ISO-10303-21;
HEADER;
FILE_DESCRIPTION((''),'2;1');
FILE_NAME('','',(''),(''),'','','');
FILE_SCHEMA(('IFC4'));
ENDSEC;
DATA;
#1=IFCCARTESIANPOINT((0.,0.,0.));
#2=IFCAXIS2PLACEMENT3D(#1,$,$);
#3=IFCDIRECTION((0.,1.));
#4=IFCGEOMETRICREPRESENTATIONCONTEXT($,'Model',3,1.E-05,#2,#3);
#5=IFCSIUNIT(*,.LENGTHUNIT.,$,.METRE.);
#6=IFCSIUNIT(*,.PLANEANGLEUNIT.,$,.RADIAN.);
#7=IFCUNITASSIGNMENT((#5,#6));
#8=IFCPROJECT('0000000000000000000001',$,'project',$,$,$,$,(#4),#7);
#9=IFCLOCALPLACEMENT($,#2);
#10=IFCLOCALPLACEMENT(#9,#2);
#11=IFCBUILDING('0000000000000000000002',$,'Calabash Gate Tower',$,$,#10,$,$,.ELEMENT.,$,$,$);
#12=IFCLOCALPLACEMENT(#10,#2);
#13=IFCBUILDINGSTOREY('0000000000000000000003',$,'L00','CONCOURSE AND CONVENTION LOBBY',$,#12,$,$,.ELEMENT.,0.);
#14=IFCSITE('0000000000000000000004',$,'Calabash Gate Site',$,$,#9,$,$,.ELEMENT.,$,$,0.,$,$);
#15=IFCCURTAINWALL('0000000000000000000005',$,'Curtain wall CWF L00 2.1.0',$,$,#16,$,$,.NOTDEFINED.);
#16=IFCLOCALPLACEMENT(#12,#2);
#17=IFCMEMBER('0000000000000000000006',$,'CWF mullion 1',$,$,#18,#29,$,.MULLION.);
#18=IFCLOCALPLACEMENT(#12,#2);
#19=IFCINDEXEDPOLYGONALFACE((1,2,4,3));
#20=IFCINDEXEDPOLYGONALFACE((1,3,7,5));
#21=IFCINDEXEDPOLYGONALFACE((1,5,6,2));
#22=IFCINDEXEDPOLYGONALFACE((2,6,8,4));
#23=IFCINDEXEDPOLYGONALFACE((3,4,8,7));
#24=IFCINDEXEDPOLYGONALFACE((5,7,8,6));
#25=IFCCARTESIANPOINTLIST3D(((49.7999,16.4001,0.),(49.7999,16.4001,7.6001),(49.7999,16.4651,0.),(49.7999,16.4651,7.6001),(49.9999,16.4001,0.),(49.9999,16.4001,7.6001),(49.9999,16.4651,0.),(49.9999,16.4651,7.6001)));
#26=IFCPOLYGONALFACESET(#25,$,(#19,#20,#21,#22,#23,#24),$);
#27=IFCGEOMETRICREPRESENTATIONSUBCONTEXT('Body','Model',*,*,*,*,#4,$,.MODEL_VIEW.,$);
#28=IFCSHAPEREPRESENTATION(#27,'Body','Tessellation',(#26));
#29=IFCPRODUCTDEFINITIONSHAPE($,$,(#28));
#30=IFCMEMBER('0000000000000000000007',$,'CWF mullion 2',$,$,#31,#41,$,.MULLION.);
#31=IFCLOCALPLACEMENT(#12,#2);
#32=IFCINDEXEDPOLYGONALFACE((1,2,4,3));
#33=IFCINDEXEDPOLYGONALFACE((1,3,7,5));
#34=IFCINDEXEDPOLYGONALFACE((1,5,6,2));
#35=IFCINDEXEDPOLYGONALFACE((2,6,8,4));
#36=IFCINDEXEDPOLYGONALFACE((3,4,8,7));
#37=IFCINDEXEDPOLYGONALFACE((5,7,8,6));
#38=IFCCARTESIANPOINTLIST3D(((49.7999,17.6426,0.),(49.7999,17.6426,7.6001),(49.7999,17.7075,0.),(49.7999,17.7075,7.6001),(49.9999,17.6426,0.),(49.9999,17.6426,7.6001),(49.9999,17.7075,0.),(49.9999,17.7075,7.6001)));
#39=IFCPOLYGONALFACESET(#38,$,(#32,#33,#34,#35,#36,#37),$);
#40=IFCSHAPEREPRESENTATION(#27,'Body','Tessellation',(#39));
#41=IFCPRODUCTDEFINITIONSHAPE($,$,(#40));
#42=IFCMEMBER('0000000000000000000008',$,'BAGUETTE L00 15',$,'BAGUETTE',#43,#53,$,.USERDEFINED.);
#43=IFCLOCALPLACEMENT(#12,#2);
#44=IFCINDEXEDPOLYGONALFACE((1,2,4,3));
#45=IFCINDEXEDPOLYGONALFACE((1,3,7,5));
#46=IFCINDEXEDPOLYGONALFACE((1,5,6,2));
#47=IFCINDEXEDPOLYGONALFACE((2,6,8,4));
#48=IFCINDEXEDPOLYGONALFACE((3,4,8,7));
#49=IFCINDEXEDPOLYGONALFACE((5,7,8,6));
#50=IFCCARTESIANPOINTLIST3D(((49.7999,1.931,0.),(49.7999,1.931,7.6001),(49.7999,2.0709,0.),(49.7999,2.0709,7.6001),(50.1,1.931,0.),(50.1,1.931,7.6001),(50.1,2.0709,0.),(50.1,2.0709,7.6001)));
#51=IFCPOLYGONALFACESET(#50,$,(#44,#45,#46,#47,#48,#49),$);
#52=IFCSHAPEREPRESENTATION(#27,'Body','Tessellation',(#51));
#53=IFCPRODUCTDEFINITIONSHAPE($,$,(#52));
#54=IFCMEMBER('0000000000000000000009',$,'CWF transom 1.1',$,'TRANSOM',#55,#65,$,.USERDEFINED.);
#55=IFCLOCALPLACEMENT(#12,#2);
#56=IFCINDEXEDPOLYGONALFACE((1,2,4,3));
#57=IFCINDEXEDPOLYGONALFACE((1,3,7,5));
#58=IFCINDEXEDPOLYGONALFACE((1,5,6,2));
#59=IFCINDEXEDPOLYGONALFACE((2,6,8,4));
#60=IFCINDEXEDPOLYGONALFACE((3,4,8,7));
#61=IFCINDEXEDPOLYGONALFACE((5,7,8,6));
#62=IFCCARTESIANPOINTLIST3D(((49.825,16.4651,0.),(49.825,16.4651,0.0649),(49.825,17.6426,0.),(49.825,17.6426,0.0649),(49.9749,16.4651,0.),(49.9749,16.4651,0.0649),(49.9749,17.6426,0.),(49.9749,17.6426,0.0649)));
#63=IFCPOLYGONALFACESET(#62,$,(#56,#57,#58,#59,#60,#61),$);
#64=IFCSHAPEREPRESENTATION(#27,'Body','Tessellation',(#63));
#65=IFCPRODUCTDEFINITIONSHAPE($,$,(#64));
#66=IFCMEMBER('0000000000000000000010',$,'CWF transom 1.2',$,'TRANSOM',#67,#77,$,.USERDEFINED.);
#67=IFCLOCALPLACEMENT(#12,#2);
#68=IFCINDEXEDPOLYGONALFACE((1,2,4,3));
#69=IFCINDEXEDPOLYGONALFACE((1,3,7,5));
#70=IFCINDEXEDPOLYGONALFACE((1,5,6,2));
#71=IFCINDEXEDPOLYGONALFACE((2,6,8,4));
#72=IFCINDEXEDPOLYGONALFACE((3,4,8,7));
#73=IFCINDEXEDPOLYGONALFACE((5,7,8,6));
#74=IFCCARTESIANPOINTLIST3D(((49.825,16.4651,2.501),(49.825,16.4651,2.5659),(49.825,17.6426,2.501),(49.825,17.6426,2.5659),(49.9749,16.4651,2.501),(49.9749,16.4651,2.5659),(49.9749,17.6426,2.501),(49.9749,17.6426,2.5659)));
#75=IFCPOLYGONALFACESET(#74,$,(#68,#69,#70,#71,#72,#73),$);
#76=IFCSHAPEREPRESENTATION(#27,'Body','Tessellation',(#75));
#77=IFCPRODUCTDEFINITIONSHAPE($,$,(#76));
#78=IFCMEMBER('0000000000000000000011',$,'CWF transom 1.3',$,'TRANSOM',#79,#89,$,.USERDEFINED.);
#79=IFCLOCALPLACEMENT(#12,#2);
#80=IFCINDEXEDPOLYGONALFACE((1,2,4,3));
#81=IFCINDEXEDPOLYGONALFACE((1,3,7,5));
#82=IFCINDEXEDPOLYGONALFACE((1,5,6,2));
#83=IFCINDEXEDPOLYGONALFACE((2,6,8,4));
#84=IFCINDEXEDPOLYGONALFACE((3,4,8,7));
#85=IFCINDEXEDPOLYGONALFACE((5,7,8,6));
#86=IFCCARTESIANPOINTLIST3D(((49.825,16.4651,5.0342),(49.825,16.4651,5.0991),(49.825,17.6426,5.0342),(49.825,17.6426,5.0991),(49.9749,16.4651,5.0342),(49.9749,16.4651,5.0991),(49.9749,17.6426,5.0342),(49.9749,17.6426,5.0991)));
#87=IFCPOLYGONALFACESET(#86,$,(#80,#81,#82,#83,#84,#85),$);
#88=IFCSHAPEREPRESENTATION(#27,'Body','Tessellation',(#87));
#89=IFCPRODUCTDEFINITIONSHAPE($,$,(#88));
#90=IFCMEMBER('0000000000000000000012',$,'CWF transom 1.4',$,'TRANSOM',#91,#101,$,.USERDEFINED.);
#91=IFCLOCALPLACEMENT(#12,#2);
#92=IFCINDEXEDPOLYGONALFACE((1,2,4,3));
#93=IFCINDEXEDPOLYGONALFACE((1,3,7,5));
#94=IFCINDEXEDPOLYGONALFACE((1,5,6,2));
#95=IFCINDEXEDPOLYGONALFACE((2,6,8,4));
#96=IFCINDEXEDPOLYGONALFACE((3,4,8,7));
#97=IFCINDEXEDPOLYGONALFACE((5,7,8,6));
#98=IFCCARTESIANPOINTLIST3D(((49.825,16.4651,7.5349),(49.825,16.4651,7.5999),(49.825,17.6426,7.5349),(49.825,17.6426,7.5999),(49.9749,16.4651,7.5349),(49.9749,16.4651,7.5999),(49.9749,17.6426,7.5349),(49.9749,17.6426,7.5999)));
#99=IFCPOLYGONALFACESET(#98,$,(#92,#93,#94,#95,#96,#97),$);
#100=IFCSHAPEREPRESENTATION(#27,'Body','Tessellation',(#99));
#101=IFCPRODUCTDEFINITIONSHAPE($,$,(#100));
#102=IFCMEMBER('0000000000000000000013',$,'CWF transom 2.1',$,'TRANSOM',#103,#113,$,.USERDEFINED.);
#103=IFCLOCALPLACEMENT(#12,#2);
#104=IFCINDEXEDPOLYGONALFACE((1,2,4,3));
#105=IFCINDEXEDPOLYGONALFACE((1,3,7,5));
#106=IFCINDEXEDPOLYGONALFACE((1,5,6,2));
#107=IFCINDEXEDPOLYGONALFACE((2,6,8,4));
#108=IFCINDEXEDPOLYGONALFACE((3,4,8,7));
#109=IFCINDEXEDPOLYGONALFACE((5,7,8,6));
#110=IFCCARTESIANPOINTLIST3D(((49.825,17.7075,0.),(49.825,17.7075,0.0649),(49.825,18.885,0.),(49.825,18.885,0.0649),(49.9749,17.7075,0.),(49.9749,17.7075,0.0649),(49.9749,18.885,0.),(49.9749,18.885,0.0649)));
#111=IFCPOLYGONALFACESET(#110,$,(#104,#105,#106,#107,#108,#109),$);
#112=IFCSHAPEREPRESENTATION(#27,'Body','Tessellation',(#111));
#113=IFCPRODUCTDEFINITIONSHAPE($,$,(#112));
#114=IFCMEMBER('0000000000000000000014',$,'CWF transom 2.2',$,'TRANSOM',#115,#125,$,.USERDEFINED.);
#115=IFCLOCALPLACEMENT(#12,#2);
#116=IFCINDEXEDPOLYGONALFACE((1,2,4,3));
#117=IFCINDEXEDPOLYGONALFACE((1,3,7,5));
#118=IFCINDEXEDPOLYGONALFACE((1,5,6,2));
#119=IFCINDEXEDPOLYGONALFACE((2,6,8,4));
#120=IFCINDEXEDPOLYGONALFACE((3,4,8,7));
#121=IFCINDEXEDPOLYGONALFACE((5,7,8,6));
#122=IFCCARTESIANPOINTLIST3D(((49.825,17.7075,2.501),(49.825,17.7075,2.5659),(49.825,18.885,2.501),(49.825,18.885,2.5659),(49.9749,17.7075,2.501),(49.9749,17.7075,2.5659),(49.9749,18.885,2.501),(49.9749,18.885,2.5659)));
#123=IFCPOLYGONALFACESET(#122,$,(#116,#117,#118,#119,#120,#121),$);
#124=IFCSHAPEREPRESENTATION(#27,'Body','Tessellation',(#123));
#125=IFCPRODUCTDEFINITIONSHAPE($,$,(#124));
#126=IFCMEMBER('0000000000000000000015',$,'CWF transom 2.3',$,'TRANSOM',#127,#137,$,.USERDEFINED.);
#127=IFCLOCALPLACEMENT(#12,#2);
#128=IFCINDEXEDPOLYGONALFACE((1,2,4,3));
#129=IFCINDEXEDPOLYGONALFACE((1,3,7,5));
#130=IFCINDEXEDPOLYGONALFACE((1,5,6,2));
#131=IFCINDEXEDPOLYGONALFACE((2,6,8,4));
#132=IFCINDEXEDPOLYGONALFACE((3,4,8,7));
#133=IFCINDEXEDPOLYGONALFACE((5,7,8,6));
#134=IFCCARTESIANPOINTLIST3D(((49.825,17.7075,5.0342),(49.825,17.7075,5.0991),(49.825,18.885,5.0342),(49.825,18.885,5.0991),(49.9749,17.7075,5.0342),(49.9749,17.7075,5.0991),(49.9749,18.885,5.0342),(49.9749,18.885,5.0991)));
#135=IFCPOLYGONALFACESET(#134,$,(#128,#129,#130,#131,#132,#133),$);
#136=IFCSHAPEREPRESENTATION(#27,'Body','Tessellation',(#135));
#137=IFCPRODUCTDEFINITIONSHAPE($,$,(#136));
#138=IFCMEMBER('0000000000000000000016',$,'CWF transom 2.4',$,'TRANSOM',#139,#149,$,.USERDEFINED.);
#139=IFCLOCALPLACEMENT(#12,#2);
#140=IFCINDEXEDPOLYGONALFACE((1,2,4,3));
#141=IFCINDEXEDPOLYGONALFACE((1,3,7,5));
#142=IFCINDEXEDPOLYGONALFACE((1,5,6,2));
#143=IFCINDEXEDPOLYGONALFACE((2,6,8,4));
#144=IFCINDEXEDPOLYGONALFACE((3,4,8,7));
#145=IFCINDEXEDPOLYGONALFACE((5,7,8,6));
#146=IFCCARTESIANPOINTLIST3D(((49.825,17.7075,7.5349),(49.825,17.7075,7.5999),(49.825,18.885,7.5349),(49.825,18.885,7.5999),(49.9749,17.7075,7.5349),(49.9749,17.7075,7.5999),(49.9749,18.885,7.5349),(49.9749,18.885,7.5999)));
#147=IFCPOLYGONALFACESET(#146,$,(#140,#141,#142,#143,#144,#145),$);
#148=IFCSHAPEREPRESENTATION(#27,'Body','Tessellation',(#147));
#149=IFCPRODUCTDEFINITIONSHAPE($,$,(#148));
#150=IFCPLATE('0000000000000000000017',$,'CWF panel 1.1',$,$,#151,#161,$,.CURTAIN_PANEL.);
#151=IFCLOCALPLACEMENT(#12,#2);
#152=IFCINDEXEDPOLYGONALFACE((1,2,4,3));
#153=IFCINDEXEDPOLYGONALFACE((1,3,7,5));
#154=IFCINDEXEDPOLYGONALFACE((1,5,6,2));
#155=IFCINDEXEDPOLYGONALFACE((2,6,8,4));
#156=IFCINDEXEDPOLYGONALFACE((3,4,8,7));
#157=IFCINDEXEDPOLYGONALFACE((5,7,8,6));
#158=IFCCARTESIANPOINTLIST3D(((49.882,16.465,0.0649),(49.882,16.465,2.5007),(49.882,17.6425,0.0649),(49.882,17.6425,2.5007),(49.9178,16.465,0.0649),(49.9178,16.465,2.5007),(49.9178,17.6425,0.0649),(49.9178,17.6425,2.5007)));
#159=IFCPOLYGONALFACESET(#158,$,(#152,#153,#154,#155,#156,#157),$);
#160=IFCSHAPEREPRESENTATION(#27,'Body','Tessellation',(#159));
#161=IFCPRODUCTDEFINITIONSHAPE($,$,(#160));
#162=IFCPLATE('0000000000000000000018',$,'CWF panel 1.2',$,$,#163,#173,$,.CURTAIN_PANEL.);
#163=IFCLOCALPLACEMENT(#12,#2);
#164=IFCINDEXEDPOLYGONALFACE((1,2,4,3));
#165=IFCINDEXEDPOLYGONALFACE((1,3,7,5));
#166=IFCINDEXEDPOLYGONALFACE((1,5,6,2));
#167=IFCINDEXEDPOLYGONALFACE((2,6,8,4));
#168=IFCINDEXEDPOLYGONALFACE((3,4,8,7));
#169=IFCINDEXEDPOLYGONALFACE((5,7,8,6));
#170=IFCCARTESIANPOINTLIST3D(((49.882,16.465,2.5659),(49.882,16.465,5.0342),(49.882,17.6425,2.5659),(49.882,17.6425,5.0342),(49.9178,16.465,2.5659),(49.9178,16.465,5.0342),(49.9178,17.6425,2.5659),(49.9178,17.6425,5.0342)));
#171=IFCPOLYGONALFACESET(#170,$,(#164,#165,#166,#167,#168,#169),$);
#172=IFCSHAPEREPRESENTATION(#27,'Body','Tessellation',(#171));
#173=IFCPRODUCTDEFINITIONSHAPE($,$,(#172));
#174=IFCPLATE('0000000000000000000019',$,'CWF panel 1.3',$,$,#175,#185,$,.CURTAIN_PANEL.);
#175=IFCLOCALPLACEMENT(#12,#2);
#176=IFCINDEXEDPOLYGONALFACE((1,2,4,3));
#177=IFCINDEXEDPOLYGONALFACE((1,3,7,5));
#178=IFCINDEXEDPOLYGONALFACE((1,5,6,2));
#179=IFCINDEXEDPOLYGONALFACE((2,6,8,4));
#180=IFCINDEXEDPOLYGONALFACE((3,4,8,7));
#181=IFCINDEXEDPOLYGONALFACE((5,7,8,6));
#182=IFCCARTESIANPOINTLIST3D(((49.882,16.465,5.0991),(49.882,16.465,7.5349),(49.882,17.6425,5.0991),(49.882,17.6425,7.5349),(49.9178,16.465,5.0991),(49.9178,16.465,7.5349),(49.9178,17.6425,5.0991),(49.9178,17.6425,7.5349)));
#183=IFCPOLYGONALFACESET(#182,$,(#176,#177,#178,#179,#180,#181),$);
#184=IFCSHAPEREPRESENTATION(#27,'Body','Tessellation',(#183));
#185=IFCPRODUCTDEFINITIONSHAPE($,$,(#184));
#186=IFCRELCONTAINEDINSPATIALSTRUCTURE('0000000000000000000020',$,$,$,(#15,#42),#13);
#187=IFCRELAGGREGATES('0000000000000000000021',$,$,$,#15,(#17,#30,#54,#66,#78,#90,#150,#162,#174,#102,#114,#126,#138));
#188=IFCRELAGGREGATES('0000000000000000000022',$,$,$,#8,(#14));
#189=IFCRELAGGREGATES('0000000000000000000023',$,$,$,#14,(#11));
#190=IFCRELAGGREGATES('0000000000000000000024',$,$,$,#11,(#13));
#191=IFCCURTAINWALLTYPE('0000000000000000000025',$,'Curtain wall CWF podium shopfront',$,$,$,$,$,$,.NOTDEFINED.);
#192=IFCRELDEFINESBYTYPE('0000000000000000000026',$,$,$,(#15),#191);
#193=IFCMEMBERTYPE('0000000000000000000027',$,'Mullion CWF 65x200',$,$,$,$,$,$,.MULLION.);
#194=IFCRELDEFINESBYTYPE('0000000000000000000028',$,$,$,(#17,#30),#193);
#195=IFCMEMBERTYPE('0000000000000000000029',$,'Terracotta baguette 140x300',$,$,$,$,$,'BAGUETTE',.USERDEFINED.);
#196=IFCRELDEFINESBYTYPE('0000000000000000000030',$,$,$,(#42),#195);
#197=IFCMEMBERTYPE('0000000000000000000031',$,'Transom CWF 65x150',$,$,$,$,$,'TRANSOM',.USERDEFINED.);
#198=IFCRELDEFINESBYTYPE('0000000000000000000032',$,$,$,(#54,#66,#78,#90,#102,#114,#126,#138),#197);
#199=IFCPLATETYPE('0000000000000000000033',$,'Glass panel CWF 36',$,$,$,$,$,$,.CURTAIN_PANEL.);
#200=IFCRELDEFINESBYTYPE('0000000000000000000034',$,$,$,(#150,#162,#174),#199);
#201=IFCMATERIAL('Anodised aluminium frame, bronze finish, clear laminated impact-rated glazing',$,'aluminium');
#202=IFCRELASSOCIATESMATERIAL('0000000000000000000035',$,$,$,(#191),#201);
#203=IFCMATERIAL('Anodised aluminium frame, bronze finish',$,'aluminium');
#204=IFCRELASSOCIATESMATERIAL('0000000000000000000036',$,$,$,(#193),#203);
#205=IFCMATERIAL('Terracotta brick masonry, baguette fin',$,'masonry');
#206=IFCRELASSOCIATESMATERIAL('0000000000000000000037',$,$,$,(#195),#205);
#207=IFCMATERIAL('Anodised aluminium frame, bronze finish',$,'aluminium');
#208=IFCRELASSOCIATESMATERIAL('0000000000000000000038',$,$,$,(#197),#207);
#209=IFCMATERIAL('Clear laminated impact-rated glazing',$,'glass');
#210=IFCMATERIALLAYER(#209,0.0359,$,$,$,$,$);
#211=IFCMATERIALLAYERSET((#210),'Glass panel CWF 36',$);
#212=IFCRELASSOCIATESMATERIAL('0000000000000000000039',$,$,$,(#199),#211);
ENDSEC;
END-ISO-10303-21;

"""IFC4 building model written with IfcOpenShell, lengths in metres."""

from ifc_helpers import new_model, si_unit, direction, frame, origin, origin_2d, place, context, subcontext, project, spatial, rectangle, extrude, material, layer, layer_set, material_profile, profile_set, type_object, element, aggregate, save


model = new_model("IFC4")

# Units and contexts
model_context = context("Model", 3, precision=1e-05, world=origin(), true_north=direction((0.0, 1.0)))
body_context = subcontext(model_context, "Body", "Model", "MODEL_VIEW")
ifc_project = project(units=[si_unit("LENGTHUNIT", "METRE"), si_unit("PLANEANGLEUNIT", "RADIAN")], contexts=[model_context])

# Site, building, storey
site_placement = place(None, origin())
site = spatial("IfcSite", under=ifc_project, at=site_placement, Name="Calabash Gate Site", CompositionType="ELEMENT", RefElevation=0.0)
building_placement = place(site_placement, origin())
building = spatial("IfcBuilding", under=site, at=building_placement, Name="Calabash Gate Tower", CompositionType="ELEMENT")
storey_placement = place(building_placement, origin())
storey = spatial("IfcBuildingStorey", under=building, at=storey_placement, Name="L00", Description="CONCOURSE AND CONVENTION LOBBY", CompositionType="ELEMENT", Elevation=0.0)

# Curtain wall, members
ifc_material_1 = material(Name="Anodised aluminium frame, bronze finish, clear laminated impact-rated glazing", Category="aluminium")
curtain_wall_type = type_object("IfcCurtainWallType", Name="Curtain wall CWF podium shopfront", PredefinedType="NOTDEFINED", material=ifc_material_1)
curtain_wall_placement = place(storey_placement, origin())
curtain_wall = element("IfcCurtainWall", 1, at=curtain_wall_placement, inside=storey, type_object=curtain_wall_type, Name="Curtain wall CWF L00 2.1.0", PredefinedType="NOTDEFINED")
ifc_material_2 = material(Name="Anodised aluminium frame, bronze finish", Category="aluminium")
ifc_material_profile_1 = material_profile(ifc_material_2, rectangle(XDim=0.2, YDim=0.0649, at=origin_2d()))
ifc_profile_set_1 = profile_set([ifc_material_profile_1], Name="Anodised aluminium frame, bronze finish")
member_type_1 = type_object("IfcMemberType", Name="Mullion CWF 65x200", PredefinedType="MULLION", material=ifc_profile_set_1)
member_1_placement = place(storey_placement, frame((49.8999, 16.4326, 0.0), z_axis=(0.0, 0.0, 1.0), x_axis=(-1.0, 0.0, 0.0)))
member_1 = element("IfcMember", 2, at=member_1_placement, type_object=member_type_1, Name="CWF mullion 1", PredefinedType="MULLION", context=body_context, shape_type="SweptSolid", body=[
    extrude(rectangle(XDim=0.2, YDim=0.0649, at=origin_2d()), origin(), (0.0, 0.0, 1.0), 7.6001),
])
member_2_placement = place(storey_placement, frame((49.8999, 17.675, 0.0), z_axis=(0.0, 0.0, 1.0), x_axis=(-1.0, 0.0, 0.0)))
member_2 = element("IfcMember", 3, at=member_2_placement, type_object=member_type_1, Name="CWF mullion 2", PredefinedType="MULLION", context=body_context, shape_type="SweptSolid", body=[
    extrude(rectangle(XDim=0.2, YDim=0.0649, at=origin_2d()), origin(), (0.0, 0.0, 1.0), 7.6001),
])

# Members
ifc_material_3 = material(Name="Terracotta brick masonry, baguette fin", Category="masonry")
ifc_material_profile_2 = material_profile(ifc_material_3, rectangle(XDim=0.1399, YDim=0.3, at=origin_2d()))
ifc_profile_set_2 = profile_set([ifc_material_profile_2], Name="Terracotta brick masonry, baguette fin")
member_type_2 = type_object("IfcMemberType", Name="Terracotta baguette 140x300", ElementType="BAGUETTE", PredefinedType="USERDEFINED", material=ifc_profile_set_2)
member_3_placement = place(storey_placement, frame((49.95, 2.001, 0.0), z_axis=(0.0, 0.0, 1.0), x_axis=(0.0, 1.0, 0.0)))
element("IfcMember", 4, at=member_3_placement, inside=storey, type_object=member_type_2, Name="BAGUETTE L00 15", ObjectType="BAGUETTE", PredefinedType="USERDEFINED", context=body_context, shape_type="SweptSolid", body=[
    extrude(rectangle(XDim=0.1399, YDim=0.3, at=origin_2d()), origin(), (0.0, 0.0, 1.0), 7.6001),
])
ifc_material_4 = material(Name="Anodised aluminium frame, bronze finish", Category="aluminium")
ifc_material_profile_3 = material_profile(ifc_material_4, rectangle(XDim=0.1499, YDim=0.0649, at=origin_2d()))
ifc_profile_set_3 = profile_set([ifc_material_profile_3], Name="Anodised aluminium frame, bronze finish")
member_type_3 = type_object("IfcMemberType", Name="Transom CWF 65x150", ElementType="TRANSOM", PredefinedType="USERDEFINED", material=ifc_profile_set_3)
member_4_placement = place(storey_placement, frame((49.8999, 16.4651, 0.0325), z_axis=(0.0, 1.0, 0.0), x_axis=(-1.0, 0.0, 0.0)))
member_4 = element("IfcMember", 5, at=member_4_placement, type_object=member_type_3, Name="CWF transom 1.1", ObjectType="TRANSOM", PredefinedType="USERDEFINED", context=body_context, shape_type="SweptSolid", body=[
    extrude(rectangle(XDim=0.1499, YDim=0.0649, at=origin_2d()), origin(), (0.0, 0.0, 1.0), 1.1775),
])
member_5_placement = place(storey_placement, frame((49.8999, 16.4651, 2.5334), z_axis=(0.0, 1.0, 0.0), x_axis=(-1.0, 0.0, 0.0)))
member_5 = element("IfcMember", 6, at=member_5_placement, type_object=member_type_3, Name="CWF transom 1.2", ObjectType="TRANSOM", PredefinedType="USERDEFINED", context=body_context, shape_type="SweptSolid", body=[
    extrude(rectangle(XDim=0.1499, YDim=0.0649, at=origin_2d()), origin(), (0.0, 0.0, 1.0), 1.1775),
])
member_6_placement = place(storey_placement, frame((49.8999, 16.4651, 5.0667), z_axis=(0.0, 1.0, 0.0), x_axis=(-1.0, 0.0, 0.0)))
member_6 = element("IfcMember", 7, at=member_6_placement, type_object=member_type_3, Name="CWF transom 1.3", ObjectType="TRANSOM", PredefinedType="USERDEFINED", context=body_context, shape_type="SweptSolid", body=[
    extrude(rectangle(XDim=0.1499, YDim=0.0649, at=origin_2d()), origin(), (0.0, 0.0, 1.0), 1.1775),
])
member_7_placement = place(storey_placement, frame((49.8999, 16.4651, 7.5674), z_axis=(0.0, 1.0, 0.0), x_axis=(-1.0, 0.0, 0.0)))
member_7 = element("IfcMember", 8, at=member_7_placement, type_object=member_type_3, Name="CWF transom 1.4", ObjectType="TRANSOM", PredefinedType="USERDEFINED", context=body_context, shape_type="SweptSolid", body=[
    extrude(rectangle(XDim=0.1499, YDim=0.0649, at=origin_2d()), origin(), (0.0, 0.0, 1.0), 1.1775),
])
member_8_placement = place(storey_placement, frame((49.8999, 17.7075, 0.0325), z_axis=(0.0, 1.0, 0.0), x_axis=(-1.0, 0.0, 0.0)))
member_8 = element("IfcMember", 9, at=member_8_placement, type_object=member_type_3, Name="CWF transom 2.1", ObjectType="TRANSOM", PredefinedType="USERDEFINED", context=body_context, shape_type="SweptSolid", body=[
    extrude(rectangle(XDim=0.1499, YDim=0.0649, at=origin_2d()), origin(), (0.0, 0.0, 1.0), 1.1775),
])
member_9_placement = place(storey_placement, frame((49.8999, 17.7075, 2.5334), z_axis=(0.0, 1.0, 0.0), x_axis=(-1.0, 0.0, 0.0)))
member_9 = element("IfcMember", 10, at=member_9_placement, type_object=member_type_3, Name="CWF transom 2.2", ObjectType="TRANSOM", PredefinedType="USERDEFINED", context=body_context, shape_type="SweptSolid", body=[
    extrude(rectangle(XDim=0.1499, YDim=0.0649, at=origin_2d()), origin(), (0.0, 0.0, 1.0), 1.1775),
])
member_10_placement = place(storey_placement, frame((49.8999, 17.7075, 5.0667), z_axis=(0.0, 1.0, 0.0), x_axis=(-1.0, 0.0, 0.0)))
member_10 = element("IfcMember", 11, at=member_10_placement, type_object=member_type_3, Name="CWF transom 2.3", ObjectType="TRANSOM", PredefinedType="USERDEFINED", context=body_context, shape_type="SweptSolid", body=[
    extrude(rectangle(XDim=0.1499, YDim=0.0649, at=origin_2d()), origin(), (0.0, 0.0, 1.0), 1.1775),
])
member_11_placement = place(storey_placement, frame((49.8999, 17.7075, 7.5674), z_axis=(0.0, 1.0, 0.0), x_axis=(-1.0, 0.0, 0.0)))
member_11 = element("IfcMember", 12, at=member_11_placement, type_object=member_type_3, Name="CWF transom 2.4", ObjectType="TRANSOM", PredefinedType="USERDEFINED", context=body_context, shape_type="SweptSolid", body=[
    extrude(rectangle(XDim=0.1499, YDim=0.0649, at=origin_2d()), origin(), (0.0, 0.0, 1.0), 1.1775),
])

# Plates
ifc_material_5 = material(Name="Clear laminated impact-rated glazing", Category="glass")
ifc_layer_1 = layer(ifc_material_5, 0.0359)
ifc_layer_set_1 = layer_set([ifc_layer_1], Name="Glass panel CWF 36")
plate_type = type_object("IfcPlateType", Name="Glass panel CWF 36", PredefinedType="CURTAIN_PANEL", material=ifc_layer_set_1)
plate_1_placement = place(storey_placement, frame((49.8999, 17.0537, 0.0649), z_axis=(0.0, 0.0, 1.0), x_axis=(0.0, 1.0, 0.0)))
plate_1 = element("IfcPlate", 13, at=plate_1_placement, type_object=plate_type, Name="CWF panel 1.1", PredefinedType="CURTAIN_PANEL", context=body_context, shape_type="SweptSolid", body=[
    extrude(rectangle(XDim=1.1775, YDim=0.0359, at=origin_2d()), origin(), (0.0, 0.0, 1.0), 2.4358),
])
plate_2_placement = place(storey_placement, frame((49.8999, 17.0537, 2.5659), z_axis=(0.0, 0.0, 1.0), x_axis=(0.0, 1.0, 0.0)))
plate_2 = element("IfcPlate", 14, at=plate_2_placement, type_object=plate_type, Name="CWF panel 1.2", PredefinedType="CURTAIN_PANEL", context=body_context, shape_type="SweptSolid", body=[
    extrude(rectangle(XDim=1.1775, YDim=0.0359, at=origin_2d()), origin(), (0.0, 0.0, 1.0), 2.4683),
])
plate_3_placement = place(storey_placement, frame((49.8999, 17.0537, 5.0991), z_axis=(0.0, 0.0, 1.0), x_axis=(0.0, 1.0, 0.0)))
plate_3 = element("IfcPlate", 15, at=plate_3_placement, type_object=plate_type, Name="CWF panel 1.3", PredefinedType="CURTAIN_PANEL", context=body_context, shape_type="SweptSolid", body=[
    extrude(rectangle(XDim=1.1775, YDim=0.0359, at=origin_2d()), origin(), (0.0, 0.0, 1.0), 2.4358),
])
aggregate(curtain_wall, [member_1, member_2, member_4, member_5, member_6, member_7, plate_1, plate_2, plate_3, member_8, member_9, member_10, member_11])

save(model, "model.ifc")
